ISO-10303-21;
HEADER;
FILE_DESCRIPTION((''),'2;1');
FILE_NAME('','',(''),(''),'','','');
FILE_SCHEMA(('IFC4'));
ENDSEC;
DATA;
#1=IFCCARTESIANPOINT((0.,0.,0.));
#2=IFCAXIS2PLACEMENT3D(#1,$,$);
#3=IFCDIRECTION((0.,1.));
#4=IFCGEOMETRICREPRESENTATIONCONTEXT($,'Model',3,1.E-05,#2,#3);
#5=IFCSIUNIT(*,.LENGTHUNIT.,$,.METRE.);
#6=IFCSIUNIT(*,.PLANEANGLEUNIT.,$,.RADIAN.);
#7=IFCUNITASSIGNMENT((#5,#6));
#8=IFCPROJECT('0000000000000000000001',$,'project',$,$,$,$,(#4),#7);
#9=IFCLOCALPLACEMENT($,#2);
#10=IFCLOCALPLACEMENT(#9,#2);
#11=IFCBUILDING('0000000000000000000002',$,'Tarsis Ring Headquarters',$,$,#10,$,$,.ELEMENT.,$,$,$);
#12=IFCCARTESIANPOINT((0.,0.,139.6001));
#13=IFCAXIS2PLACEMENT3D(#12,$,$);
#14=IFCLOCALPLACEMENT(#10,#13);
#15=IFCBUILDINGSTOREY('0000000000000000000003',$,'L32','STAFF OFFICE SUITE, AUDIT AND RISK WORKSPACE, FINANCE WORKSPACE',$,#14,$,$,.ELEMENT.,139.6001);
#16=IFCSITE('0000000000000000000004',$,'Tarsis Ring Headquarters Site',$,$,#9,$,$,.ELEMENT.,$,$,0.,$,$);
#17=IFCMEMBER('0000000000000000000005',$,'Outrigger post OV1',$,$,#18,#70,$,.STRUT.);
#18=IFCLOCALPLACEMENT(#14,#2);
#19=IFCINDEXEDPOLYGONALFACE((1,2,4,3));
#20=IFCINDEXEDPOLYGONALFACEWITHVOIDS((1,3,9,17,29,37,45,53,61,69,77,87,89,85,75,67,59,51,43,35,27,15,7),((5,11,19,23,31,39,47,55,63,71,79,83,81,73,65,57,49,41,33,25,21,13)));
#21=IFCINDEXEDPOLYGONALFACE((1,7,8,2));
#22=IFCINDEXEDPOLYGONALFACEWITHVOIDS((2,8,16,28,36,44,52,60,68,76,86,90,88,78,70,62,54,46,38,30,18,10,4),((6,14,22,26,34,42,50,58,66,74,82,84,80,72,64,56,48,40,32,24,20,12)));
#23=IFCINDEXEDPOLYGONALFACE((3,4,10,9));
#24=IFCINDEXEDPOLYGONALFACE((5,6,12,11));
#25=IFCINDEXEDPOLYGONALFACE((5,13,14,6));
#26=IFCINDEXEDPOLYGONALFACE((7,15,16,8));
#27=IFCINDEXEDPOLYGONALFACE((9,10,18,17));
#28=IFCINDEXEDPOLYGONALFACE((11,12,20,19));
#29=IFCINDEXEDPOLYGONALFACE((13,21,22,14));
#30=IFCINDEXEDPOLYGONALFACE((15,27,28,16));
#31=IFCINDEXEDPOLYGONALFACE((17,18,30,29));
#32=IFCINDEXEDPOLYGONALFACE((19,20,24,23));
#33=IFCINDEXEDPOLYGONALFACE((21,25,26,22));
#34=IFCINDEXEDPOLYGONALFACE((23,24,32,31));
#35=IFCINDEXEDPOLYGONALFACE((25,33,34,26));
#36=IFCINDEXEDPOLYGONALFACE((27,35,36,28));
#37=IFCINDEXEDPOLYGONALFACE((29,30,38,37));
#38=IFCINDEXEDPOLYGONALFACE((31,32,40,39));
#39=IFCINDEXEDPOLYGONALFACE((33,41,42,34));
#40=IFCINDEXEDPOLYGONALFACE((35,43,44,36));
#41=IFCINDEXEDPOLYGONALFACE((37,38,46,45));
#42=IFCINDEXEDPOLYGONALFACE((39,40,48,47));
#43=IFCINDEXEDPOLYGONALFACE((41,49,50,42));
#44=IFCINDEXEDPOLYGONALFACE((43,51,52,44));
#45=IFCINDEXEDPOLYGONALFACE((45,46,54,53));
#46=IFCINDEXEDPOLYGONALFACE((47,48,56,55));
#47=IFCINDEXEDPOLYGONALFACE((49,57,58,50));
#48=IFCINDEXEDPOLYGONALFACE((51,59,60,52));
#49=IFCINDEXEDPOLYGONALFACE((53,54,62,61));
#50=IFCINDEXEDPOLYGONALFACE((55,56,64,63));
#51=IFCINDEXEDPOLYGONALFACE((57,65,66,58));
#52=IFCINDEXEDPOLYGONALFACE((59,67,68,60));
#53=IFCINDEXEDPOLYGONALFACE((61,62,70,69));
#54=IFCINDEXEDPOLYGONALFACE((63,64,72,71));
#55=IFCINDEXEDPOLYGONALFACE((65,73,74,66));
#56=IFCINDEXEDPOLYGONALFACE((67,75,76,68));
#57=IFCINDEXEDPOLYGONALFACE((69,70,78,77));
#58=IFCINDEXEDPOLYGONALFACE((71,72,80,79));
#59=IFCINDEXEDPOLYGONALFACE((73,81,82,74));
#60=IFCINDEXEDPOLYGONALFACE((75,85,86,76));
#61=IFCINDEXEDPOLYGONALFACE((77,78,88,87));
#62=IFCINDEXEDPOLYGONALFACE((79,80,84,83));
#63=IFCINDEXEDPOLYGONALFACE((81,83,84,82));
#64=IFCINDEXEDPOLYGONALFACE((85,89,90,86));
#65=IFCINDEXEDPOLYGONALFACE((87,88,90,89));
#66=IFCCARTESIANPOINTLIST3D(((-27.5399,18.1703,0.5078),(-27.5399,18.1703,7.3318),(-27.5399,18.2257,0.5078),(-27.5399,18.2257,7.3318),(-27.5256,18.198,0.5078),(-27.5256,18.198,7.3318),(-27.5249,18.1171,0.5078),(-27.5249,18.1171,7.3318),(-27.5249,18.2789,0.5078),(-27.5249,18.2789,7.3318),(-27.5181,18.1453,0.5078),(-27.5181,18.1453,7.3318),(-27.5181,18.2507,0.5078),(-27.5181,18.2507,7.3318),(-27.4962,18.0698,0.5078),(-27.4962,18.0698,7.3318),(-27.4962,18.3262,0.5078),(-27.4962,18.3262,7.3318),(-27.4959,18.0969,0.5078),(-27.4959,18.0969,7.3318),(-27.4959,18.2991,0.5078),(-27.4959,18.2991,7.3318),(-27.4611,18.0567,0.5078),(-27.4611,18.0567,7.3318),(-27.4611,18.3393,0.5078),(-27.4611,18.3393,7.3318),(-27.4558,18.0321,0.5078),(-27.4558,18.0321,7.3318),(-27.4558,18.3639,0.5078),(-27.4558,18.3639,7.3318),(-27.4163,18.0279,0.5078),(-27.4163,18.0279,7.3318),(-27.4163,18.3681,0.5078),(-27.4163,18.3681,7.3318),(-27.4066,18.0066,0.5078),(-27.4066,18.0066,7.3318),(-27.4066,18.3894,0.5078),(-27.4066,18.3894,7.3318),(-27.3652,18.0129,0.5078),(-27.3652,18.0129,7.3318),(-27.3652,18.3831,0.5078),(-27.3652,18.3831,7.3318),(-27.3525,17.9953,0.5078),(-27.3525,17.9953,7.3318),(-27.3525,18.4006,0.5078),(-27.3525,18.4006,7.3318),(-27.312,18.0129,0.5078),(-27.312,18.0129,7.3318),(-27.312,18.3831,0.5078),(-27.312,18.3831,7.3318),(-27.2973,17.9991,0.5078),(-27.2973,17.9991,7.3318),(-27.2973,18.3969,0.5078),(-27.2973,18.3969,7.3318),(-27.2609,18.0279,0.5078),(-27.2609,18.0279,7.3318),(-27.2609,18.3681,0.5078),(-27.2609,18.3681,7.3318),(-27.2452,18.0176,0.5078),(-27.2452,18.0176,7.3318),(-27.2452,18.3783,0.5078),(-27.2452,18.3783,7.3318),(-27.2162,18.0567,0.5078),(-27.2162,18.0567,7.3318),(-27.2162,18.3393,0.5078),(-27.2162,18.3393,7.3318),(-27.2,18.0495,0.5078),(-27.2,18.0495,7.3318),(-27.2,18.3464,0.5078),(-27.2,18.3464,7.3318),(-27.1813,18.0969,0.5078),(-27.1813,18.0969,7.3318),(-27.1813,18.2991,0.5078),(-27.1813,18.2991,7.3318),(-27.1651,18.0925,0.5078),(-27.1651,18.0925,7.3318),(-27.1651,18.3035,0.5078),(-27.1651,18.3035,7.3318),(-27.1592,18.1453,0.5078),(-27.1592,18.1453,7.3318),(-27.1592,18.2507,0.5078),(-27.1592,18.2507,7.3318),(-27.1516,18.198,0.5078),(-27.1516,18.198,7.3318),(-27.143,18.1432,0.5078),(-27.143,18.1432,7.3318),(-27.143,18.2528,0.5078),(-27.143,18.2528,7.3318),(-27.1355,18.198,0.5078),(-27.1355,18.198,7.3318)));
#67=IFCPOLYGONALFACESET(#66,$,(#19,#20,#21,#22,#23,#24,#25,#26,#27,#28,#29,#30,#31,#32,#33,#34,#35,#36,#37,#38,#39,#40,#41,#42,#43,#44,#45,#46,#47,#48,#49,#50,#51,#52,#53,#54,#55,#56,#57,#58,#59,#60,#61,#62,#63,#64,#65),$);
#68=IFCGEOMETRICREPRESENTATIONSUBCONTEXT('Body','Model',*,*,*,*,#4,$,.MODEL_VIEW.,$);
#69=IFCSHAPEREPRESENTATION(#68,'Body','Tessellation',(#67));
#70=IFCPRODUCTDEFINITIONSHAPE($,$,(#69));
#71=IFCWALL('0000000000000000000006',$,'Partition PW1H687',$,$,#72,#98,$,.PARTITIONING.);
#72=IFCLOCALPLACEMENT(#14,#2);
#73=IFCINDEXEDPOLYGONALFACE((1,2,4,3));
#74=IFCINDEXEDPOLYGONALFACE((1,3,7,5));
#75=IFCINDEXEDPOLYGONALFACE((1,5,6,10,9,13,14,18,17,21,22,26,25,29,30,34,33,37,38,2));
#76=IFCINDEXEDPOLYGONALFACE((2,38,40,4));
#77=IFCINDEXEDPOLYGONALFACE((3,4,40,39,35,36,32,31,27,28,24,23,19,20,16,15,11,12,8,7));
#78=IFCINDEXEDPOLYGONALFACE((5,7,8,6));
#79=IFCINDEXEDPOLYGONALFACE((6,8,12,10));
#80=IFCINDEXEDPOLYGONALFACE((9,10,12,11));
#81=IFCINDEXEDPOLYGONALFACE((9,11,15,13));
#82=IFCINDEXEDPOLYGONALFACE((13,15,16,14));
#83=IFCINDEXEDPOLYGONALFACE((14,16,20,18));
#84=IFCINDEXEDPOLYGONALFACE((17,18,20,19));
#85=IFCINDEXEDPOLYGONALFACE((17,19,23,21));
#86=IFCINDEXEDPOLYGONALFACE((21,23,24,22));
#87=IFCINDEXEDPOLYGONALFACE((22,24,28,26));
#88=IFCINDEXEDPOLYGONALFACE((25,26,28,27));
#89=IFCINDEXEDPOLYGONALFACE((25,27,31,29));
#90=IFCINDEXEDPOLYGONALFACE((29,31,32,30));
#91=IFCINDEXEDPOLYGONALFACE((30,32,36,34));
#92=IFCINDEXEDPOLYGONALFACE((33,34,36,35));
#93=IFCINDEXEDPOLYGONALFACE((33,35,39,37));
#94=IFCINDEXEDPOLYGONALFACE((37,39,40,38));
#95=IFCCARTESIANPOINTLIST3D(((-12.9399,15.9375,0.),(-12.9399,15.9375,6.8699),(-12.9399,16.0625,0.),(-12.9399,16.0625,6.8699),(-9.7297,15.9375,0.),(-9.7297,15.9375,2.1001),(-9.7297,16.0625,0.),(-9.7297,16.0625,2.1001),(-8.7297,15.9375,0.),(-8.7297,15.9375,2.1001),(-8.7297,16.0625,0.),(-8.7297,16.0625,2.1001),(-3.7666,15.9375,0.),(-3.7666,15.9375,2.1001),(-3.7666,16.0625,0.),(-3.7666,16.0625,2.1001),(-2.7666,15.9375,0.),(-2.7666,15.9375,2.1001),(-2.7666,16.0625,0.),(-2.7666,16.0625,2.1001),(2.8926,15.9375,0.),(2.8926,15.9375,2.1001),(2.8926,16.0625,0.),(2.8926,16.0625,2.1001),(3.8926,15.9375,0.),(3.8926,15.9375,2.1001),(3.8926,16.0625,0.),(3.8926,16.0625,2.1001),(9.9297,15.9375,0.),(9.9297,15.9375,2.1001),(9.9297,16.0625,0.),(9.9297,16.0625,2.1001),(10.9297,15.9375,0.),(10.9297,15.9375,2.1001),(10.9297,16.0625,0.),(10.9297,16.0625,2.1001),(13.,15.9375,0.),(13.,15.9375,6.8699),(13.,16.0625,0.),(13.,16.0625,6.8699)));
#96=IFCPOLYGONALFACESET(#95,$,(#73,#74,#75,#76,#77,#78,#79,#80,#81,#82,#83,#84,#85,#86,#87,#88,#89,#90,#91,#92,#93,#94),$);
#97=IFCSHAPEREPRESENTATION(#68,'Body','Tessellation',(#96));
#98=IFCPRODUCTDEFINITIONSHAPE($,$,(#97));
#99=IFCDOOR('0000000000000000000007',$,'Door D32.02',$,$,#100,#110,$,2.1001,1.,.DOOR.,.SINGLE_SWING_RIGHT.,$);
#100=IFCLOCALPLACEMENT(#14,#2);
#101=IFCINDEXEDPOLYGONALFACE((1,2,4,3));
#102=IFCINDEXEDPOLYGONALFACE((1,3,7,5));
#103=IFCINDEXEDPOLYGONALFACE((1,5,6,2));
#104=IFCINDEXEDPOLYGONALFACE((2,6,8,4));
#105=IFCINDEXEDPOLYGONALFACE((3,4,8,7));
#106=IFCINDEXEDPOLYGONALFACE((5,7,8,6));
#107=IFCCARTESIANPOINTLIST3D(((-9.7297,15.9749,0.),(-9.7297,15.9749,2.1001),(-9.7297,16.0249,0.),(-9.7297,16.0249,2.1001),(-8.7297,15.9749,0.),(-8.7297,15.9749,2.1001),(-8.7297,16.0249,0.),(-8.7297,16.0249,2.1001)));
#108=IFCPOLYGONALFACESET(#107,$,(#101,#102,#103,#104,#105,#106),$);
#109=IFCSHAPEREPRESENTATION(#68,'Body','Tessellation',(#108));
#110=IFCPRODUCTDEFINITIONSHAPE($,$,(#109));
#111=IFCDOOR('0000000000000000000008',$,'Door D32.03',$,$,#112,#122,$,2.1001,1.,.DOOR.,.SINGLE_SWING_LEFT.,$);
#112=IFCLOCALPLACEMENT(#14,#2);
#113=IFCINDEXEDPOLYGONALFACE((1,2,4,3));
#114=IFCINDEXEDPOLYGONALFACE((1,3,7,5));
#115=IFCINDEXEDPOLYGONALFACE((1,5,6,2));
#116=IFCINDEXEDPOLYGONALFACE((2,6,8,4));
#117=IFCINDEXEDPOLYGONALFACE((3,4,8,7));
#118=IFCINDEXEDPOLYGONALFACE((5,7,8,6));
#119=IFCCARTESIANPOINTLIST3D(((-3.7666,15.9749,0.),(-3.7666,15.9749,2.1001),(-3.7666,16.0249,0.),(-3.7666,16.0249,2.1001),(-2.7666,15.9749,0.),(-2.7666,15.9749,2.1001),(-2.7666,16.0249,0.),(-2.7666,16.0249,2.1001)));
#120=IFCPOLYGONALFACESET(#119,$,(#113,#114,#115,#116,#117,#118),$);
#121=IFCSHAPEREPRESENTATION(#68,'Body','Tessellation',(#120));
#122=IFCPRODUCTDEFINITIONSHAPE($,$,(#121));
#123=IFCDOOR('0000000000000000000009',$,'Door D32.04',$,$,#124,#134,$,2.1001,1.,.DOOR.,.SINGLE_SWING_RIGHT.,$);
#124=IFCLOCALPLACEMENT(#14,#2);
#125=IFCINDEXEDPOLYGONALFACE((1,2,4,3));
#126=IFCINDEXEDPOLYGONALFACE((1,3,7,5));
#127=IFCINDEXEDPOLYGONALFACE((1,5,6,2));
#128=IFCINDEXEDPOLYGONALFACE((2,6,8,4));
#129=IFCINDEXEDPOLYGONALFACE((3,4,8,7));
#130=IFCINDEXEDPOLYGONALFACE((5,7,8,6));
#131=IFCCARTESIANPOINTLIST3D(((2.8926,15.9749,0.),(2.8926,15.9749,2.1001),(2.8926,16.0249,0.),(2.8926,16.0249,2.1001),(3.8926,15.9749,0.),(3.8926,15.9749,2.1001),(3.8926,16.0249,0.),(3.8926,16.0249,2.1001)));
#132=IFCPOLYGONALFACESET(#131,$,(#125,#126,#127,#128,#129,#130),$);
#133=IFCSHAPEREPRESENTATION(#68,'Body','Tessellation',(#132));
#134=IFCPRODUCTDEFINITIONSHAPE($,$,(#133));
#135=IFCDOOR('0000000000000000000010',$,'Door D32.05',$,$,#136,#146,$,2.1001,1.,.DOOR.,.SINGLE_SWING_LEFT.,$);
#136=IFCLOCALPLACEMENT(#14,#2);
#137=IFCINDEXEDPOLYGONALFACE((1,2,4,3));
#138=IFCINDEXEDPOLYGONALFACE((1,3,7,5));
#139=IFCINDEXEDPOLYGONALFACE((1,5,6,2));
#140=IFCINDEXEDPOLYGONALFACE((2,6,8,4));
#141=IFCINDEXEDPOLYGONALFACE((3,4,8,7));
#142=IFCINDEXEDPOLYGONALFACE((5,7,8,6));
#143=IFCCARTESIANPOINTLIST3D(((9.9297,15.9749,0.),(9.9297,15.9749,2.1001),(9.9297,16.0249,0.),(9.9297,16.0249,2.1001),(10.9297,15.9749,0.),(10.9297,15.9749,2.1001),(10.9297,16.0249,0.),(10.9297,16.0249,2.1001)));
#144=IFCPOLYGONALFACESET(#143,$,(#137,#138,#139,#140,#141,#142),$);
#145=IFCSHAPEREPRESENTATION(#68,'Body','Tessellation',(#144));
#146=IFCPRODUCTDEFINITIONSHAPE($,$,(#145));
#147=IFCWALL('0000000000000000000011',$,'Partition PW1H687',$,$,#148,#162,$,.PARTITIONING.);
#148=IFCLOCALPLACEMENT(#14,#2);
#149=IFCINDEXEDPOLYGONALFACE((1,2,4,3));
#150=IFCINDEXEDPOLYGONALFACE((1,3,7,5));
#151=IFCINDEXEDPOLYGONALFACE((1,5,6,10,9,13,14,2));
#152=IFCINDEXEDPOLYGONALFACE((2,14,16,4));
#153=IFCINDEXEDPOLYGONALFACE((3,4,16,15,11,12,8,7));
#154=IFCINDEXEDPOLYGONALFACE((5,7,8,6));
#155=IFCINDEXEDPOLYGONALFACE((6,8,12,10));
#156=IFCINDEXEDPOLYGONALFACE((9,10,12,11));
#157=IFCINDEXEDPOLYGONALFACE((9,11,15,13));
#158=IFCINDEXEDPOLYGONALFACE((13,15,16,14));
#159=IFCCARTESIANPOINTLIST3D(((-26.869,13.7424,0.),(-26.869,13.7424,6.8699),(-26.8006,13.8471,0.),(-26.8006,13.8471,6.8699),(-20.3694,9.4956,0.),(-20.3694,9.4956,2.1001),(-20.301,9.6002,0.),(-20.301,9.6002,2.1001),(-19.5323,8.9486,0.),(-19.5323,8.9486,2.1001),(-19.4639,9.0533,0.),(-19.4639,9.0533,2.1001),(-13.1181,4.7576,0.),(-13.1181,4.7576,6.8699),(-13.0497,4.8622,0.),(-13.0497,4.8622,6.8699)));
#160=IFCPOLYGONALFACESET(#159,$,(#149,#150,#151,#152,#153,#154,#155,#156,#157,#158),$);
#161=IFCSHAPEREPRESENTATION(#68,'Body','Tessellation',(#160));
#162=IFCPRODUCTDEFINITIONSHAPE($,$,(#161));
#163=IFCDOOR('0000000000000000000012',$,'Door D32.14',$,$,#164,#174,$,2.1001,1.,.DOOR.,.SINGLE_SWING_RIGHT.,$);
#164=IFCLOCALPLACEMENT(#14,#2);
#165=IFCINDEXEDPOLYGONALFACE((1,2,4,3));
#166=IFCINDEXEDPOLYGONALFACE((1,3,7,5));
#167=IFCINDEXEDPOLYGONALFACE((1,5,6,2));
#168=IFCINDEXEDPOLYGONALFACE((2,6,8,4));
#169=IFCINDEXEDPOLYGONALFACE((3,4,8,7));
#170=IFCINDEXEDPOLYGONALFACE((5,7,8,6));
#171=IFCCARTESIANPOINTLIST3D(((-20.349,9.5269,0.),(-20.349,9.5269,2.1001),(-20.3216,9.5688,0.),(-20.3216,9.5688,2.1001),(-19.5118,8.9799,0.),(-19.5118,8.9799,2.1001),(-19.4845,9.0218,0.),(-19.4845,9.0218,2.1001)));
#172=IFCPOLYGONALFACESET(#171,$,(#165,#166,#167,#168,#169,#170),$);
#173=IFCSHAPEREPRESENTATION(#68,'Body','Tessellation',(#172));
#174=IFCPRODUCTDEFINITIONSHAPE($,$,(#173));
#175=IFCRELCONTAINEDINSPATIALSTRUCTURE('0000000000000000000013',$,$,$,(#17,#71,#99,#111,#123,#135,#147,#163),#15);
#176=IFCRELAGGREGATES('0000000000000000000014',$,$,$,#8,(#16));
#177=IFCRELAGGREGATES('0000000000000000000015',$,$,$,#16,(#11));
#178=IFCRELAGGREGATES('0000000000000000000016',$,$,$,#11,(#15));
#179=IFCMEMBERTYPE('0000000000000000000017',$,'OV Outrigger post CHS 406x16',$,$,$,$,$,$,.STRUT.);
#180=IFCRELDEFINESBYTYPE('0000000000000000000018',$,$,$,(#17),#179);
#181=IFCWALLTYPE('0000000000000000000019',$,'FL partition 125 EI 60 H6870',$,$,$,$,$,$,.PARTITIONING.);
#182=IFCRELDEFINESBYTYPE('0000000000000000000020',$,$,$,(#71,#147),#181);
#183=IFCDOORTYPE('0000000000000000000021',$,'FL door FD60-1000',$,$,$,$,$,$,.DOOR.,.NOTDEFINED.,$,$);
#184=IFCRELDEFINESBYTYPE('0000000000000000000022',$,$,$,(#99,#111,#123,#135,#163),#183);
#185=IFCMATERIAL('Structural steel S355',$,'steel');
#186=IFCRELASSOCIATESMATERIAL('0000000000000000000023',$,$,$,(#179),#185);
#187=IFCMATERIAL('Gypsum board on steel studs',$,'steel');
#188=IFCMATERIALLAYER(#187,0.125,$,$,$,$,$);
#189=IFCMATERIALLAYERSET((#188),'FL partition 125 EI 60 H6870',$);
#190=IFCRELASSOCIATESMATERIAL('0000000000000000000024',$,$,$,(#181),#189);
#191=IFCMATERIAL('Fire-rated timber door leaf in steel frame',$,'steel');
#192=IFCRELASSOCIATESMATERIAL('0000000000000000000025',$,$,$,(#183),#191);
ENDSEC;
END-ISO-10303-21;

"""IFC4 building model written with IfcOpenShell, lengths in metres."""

from ifc_helpers import new_model, si_unit, direction, frame, frame_2d, origin, origin_2d, place, context, subcontext, project, spatial, rectangle, hollow_circle, extrude, material, layer, layer_set, material_profile, profile_set, type_object, element, fill, save


model = new_model("IFC4")

# Units and contexts
model_context = context("Model", 3, precision=1e-05, world=origin(), true_north=direction((0.0, 1.0)))
body_context = subcontext(model_context, "Body", "Model", "MODEL_VIEW")
ifc_project = project(units=[si_unit("LENGTHUNIT", "METRE"), si_unit("PLANEANGLEUNIT", "RADIAN")], contexts=[model_context])

# Site, building, storey
site_placement = place(None, origin())
site = spatial("IfcSite", under=ifc_project, at=site_placement, Name="Tarsis Ring Headquarters Site", CompositionType="ELEMENT", RefElevation=0.0)
building_placement = place(site_placement, origin())
building = spatial("IfcBuilding", under=site, at=building_placement, Name="Tarsis Ring Headquarters", CompositionType="ELEMENT")
storey_placement = place(building_placement, frame((0.0, 0.0, 139.6001)))
storey = spatial("IfcBuildingStorey", under=building, at=storey_placement, Name="L32", Description="STAFF OFFICE SUITE, AUDIT AND RISK WORKSPACE, FINANCE WORKSPACE", CompositionType="ELEMENT", Elevation=139.6001)

# Member
ifc_material_1 = material(Name="Structural steel S355", Category="steel")
ifc_material_profile_1 = material_profile(ifc_material_1, hollow_circle(Radius=0.2031, WallThickness=0.0161, at=origin_2d()), Name="CHS 406x16")
ifc_profile_set_1 = profile_set([ifc_material_profile_1], Name="Structural steel S355")
member_type_1 = type_object("IfcMemberType", Name="OV Outrigger post CHS 406x16", PredefinedType="STRUT", material=ifc_profile_set_1)
for number, where, z_axis, x_axis, name in (
    (1, (-27.3386, 18.198, 0.5078), (0.0, 0.0, 1.0), (1.0, 0.0, 0.0), "Outrigger post OV1"),
):
    element("IfcMember", number, at=place(storey_placement, frame(where, z_axis=z_axis, x_axis=x_axis)), inside=storey, type_object=member_type_1, Name=name, PredefinedType="STRUT", context=body_context, shape_type="SweptSolid", body=[
        extrude(hollow_circle(Radius=0.2031, WallThickness=0.0161, at=origin_2d()), origin(), (0.0, 0.0, 1.0), 6.824),
    ])

# Wall, openings, doors
ifc_material_2 = material(Name="Gypsum board on steel studs", Category="steel")
ifc_layer = layer(ifc_material_2, 0.125)
ifc_layer_set = layer_set([ifc_layer], Name="FL partition 125 EI 60 H6870")
wall_type = type_object("IfcWallType", Name="FL partition 125 EI 60 H6870", PredefinedType="PARTITIONING", material=ifc_layer_set)
wall_1_placement = place(storey_placement, frame((-12.9399, 16.0, 0.0), z_axis=(0.0, 0.0, 1.0), x_axis=(1.0, 0.0, 0.0)))
wall_1 = element("IfcWall", 2, at=wall_1_placement, inside=storey, type_object=wall_type, Name="Partition PW1H687", PredefinedType="PARTITIONING", context=body_context, shape_type="SweptSolid", body=[
    extrude(rectangle(XDim=25.9399, YDim=0.125, at=frame_2d((12.97, 0.0))), origin(), (0.0, 0.0, 1.0), 6.8699),
])
opening_1_placement = place(wall_1_placement, frame((3.2102, 0.0, 0.0)))
opening_1 = element("IfcOpeningElement", 3, at=opening_1_placement, cuts=wall_1, PredefinedType="OPENING", context=body_context, shape_type="SweptSolid", body=[
    extrude(rectangle(XDim=1.0, YDim=2.1001, at=frame_2d((0.5, 1.05))), frame((0.0, 0.0725, 0.0), z_axis=(0.0, -1.0, 0.0), x_axis=(1.0, 0.0, 0.0)), (0.0, 0.0, 1.0), 0.145),
])
opening_2_placement = place(wall_1_placement, frame((9.1733, 0.0, 0.0)))
opening_2 = element("IfcOpeningElement", 4, at=opening_2_placement, cuts=wall_1, PredefinedType="OPENING", context=body_context, shape_type="SweptSolid", body=[
    extrude(rectangle(XDim=1.0, YDim=2.1001, at=frame_2d((0.5, 1.05))), frame((0.0, 0.0725, 0.0), z_axis=(0.0, -1.0, 0.0), x_axis=(1.0, 0.0, 0.0)), (0.0, 0.0, 1.0), 0.145),
])
opening_3_placement = place(wall_1_placement, frame((15.8325, 0.0, 0.0)))
opening_3 = element("IfcOpeningElement", 5, at=opening_3_placement, cuts=wall_1, PredefinedType="OPENING", context=body_context, shape_type="SweptSolid", body=[
    extrude(rectangle(XDim=1.0, YDim=2.1001, at=frame_2d((0.5, 1.05))), frame((0.0, 0.0725, 0.0), z_axis=(0.0, -1.0, 0.0), x_axis=(1.0, 0.0, 0.0)), (0.0, 0.0, 1.0), 0.145),
])
opening_4_placement = place(wall_1_placement, frame((22.8696, 0.0, 0.0)))
opening_4 = element("IfcOpeningElement", 6, at=opening_4_placement, cuts=wall_1, PredefinedType="OPENING", context=body_context, shape_type="SweptSolid", body=[
    extrude(rectangle(XDim=1.0, YDim=2.1001, at=frame_2d((0.5, 1.05))), frame((0.0, 0.0725, 0.0), z_axis=(0.0, -1.0, 0.0), x_axis=(1.0, 0.0, 0.0)), (0.0, 0.0, 1.0), 0.145),
])
ifc_material_3 = material(Name="Fire-rated timber door leaf in steel frame", Category="steel")
door_type = type_object("IfcDoorType", Name="FL door FD60-1000", OperationType="NOTDEFINED", PredefinedType="DOOR", material=ifc_material_3)
door_1_placement = place(opening_1_placement, origin())
door_1 = element("IfcDoor", 7, at=door_1_placement, inside=storey, type_object=door_type, Name="Door D32.02", OperationType="SINGLE_SWING_RIGHT", OverallHeight=2.1001, OverallWidth=1.0, PredefinedType="DOOR", context=body_context, shape_type="SweptSolid", body=[
    extrude(rectangle(XDim=1.0, YDim=2.1001, at=frame_2d((0.5, 1.05))), frame((0.0, 0.0249, 0.0), z_axis=(0.0, -1.0, 0.0), x_axis=(1.0, 0.0, 0.0)), (0.0, 0.0, 1.0), 0.05),
])
fill(opening_1, door_1)
door_2_placement = place(opening_2_placement, origin())
door_2 = element("IfcDoor", 8, at=door_2_placement, inside=storey, type_object=door_type, Name="Door D32.03", OperationType="SINGLE_SWING_LEFT", OverallHeight=2.1001, OverallWidth=1.0, PredefinedType="DOOR", context=body_context, shape_type="SweptSolid", body=[
    extrude(rectangle(XDim=1.0, YDim=2.1001, at=frame_2d((0.5, 1.05))), frame((0.0, 0.0249, 0.0), z_axis=(0.0, -1.0, 0.0), x_axis=(1.0, 0.0, 0.0)), (0.0, 0.0, 1.0), 0.05),
])
fill(opening_2, door_2)
door_3_placement = place(opening_3_placement, origin())
door_3 = element("IfcDoor", 9, at=door_3_placement, inside=storey, type_object=door_type, Name="Door D32.04", OperationType="SINGLE_SWING_RIGHT", OverallHeight=2.1001, OverallWidth=1.0, PredefinedType="DOOR", context=body_context, shape_type="SweptSolid", body=[
    extrude(rectangle(XDim=1.0, YDim=2.1001, at=frame_2d((0.5, 1.05))), frame((0.0, 0.0249, 0.0), z_axis=(0.0, -1.0, 0.0), x_axis=(1.0, 0.0, 0.0)), (0.0, 0.0, 1.0), 0.05),
])
fill(opening_3, door_3)
door_4_placement = place(opening_4_placement, origin())
door_4 = element("IfcDoor", 10, at=door_4_placement, inside=storey, type_object=door_type, Name="Door D32.05", OperationType="SINGLE_SWING_LEFT", OverallHeight=2.1001, OverallWidth=1.0, PredefinedType="DOOR", context=body_context, shape_type="SweptSolid", body=[
    extrude(rectangle(XDim=1.0, YDim=2.1001, at=frame_2d((0.5, 1.05))), frame((0.0, 0.0249, 0.0), z_axis=(0.0, -1.0, 0.0), x_axis=(1.0, 0.0, 0.0)), (0.0, 0.0, 1.0), 0.05),
])
fill(opening_4, door_4)

# Wall, opening, door
wall_2_placement = place(storey_placement, frame((-26.8347, 13.7947, 0.0), z_axis=(0.0, 0.0, 1.0), x_axis=(0.837141, -0.546987, 0.0)))
wall_2 = element("IfcWall", 11, at=wall_2_placement, inside=storey, type_object=wall_type, Name="Partition PW1H687", PredefinedType="PARTITIONING", context=body_context, shape_type="SweptSolid", body=[
    extrude(rectangle(XDim=16.426, YDim=0.125, at=frame_2d((8.2129, 0.0))), origin(), (0.0, 0.0, 1.0), 6.8699),
])
opening_5_placement = place(wall_2_placement, frame((7.7639, 0.0, 0.0)))
opening_5 = element("IfcOpeningElement", 12, at=opening_5_placement, cuts=wall_2, PredefinedType="OPENING", context=body_context, shape_type="SweptSolid", body=[
    extrude(rectangle(XDim=1.0, YDim=2.1001, at=frame_2d((0.5, 1.05))), frame((0.0, 0.0725, 0.0), z_axis=(0.0, -1.0, 0.0), x_axis=(1.0, 0.0, 0.0)), (0.0, 0.0, 1.0), 0.145),
])
door_5_placement = place(opening_5_placement, origin())
door_5 = element("IfcDoor", 13, at=door_5_placement, inside=storey, type_object=door_type, Name="Door D32.14", OperationType="SINGLE_SWING_RIGHT", OverallHeight=2.1001, OverallWidth=1.0, PredefinedType="DOOR", context=body_context, shape_type="SweptSolid", body=[
    extrude(rectangle(XDim=1.0, YDim=2.1001, at=frame_2d((0.5, 1.05))), frame((0.0, 0.0249, 0.0), z_axis=(0.0, -1.0, 0.0), x_axis=(1.0, 0.0, 0.0)), (0.0, 0.0, 1.0), 0.05),
])
fill(opening_5, door_5)

save(model, "model.ifc")
